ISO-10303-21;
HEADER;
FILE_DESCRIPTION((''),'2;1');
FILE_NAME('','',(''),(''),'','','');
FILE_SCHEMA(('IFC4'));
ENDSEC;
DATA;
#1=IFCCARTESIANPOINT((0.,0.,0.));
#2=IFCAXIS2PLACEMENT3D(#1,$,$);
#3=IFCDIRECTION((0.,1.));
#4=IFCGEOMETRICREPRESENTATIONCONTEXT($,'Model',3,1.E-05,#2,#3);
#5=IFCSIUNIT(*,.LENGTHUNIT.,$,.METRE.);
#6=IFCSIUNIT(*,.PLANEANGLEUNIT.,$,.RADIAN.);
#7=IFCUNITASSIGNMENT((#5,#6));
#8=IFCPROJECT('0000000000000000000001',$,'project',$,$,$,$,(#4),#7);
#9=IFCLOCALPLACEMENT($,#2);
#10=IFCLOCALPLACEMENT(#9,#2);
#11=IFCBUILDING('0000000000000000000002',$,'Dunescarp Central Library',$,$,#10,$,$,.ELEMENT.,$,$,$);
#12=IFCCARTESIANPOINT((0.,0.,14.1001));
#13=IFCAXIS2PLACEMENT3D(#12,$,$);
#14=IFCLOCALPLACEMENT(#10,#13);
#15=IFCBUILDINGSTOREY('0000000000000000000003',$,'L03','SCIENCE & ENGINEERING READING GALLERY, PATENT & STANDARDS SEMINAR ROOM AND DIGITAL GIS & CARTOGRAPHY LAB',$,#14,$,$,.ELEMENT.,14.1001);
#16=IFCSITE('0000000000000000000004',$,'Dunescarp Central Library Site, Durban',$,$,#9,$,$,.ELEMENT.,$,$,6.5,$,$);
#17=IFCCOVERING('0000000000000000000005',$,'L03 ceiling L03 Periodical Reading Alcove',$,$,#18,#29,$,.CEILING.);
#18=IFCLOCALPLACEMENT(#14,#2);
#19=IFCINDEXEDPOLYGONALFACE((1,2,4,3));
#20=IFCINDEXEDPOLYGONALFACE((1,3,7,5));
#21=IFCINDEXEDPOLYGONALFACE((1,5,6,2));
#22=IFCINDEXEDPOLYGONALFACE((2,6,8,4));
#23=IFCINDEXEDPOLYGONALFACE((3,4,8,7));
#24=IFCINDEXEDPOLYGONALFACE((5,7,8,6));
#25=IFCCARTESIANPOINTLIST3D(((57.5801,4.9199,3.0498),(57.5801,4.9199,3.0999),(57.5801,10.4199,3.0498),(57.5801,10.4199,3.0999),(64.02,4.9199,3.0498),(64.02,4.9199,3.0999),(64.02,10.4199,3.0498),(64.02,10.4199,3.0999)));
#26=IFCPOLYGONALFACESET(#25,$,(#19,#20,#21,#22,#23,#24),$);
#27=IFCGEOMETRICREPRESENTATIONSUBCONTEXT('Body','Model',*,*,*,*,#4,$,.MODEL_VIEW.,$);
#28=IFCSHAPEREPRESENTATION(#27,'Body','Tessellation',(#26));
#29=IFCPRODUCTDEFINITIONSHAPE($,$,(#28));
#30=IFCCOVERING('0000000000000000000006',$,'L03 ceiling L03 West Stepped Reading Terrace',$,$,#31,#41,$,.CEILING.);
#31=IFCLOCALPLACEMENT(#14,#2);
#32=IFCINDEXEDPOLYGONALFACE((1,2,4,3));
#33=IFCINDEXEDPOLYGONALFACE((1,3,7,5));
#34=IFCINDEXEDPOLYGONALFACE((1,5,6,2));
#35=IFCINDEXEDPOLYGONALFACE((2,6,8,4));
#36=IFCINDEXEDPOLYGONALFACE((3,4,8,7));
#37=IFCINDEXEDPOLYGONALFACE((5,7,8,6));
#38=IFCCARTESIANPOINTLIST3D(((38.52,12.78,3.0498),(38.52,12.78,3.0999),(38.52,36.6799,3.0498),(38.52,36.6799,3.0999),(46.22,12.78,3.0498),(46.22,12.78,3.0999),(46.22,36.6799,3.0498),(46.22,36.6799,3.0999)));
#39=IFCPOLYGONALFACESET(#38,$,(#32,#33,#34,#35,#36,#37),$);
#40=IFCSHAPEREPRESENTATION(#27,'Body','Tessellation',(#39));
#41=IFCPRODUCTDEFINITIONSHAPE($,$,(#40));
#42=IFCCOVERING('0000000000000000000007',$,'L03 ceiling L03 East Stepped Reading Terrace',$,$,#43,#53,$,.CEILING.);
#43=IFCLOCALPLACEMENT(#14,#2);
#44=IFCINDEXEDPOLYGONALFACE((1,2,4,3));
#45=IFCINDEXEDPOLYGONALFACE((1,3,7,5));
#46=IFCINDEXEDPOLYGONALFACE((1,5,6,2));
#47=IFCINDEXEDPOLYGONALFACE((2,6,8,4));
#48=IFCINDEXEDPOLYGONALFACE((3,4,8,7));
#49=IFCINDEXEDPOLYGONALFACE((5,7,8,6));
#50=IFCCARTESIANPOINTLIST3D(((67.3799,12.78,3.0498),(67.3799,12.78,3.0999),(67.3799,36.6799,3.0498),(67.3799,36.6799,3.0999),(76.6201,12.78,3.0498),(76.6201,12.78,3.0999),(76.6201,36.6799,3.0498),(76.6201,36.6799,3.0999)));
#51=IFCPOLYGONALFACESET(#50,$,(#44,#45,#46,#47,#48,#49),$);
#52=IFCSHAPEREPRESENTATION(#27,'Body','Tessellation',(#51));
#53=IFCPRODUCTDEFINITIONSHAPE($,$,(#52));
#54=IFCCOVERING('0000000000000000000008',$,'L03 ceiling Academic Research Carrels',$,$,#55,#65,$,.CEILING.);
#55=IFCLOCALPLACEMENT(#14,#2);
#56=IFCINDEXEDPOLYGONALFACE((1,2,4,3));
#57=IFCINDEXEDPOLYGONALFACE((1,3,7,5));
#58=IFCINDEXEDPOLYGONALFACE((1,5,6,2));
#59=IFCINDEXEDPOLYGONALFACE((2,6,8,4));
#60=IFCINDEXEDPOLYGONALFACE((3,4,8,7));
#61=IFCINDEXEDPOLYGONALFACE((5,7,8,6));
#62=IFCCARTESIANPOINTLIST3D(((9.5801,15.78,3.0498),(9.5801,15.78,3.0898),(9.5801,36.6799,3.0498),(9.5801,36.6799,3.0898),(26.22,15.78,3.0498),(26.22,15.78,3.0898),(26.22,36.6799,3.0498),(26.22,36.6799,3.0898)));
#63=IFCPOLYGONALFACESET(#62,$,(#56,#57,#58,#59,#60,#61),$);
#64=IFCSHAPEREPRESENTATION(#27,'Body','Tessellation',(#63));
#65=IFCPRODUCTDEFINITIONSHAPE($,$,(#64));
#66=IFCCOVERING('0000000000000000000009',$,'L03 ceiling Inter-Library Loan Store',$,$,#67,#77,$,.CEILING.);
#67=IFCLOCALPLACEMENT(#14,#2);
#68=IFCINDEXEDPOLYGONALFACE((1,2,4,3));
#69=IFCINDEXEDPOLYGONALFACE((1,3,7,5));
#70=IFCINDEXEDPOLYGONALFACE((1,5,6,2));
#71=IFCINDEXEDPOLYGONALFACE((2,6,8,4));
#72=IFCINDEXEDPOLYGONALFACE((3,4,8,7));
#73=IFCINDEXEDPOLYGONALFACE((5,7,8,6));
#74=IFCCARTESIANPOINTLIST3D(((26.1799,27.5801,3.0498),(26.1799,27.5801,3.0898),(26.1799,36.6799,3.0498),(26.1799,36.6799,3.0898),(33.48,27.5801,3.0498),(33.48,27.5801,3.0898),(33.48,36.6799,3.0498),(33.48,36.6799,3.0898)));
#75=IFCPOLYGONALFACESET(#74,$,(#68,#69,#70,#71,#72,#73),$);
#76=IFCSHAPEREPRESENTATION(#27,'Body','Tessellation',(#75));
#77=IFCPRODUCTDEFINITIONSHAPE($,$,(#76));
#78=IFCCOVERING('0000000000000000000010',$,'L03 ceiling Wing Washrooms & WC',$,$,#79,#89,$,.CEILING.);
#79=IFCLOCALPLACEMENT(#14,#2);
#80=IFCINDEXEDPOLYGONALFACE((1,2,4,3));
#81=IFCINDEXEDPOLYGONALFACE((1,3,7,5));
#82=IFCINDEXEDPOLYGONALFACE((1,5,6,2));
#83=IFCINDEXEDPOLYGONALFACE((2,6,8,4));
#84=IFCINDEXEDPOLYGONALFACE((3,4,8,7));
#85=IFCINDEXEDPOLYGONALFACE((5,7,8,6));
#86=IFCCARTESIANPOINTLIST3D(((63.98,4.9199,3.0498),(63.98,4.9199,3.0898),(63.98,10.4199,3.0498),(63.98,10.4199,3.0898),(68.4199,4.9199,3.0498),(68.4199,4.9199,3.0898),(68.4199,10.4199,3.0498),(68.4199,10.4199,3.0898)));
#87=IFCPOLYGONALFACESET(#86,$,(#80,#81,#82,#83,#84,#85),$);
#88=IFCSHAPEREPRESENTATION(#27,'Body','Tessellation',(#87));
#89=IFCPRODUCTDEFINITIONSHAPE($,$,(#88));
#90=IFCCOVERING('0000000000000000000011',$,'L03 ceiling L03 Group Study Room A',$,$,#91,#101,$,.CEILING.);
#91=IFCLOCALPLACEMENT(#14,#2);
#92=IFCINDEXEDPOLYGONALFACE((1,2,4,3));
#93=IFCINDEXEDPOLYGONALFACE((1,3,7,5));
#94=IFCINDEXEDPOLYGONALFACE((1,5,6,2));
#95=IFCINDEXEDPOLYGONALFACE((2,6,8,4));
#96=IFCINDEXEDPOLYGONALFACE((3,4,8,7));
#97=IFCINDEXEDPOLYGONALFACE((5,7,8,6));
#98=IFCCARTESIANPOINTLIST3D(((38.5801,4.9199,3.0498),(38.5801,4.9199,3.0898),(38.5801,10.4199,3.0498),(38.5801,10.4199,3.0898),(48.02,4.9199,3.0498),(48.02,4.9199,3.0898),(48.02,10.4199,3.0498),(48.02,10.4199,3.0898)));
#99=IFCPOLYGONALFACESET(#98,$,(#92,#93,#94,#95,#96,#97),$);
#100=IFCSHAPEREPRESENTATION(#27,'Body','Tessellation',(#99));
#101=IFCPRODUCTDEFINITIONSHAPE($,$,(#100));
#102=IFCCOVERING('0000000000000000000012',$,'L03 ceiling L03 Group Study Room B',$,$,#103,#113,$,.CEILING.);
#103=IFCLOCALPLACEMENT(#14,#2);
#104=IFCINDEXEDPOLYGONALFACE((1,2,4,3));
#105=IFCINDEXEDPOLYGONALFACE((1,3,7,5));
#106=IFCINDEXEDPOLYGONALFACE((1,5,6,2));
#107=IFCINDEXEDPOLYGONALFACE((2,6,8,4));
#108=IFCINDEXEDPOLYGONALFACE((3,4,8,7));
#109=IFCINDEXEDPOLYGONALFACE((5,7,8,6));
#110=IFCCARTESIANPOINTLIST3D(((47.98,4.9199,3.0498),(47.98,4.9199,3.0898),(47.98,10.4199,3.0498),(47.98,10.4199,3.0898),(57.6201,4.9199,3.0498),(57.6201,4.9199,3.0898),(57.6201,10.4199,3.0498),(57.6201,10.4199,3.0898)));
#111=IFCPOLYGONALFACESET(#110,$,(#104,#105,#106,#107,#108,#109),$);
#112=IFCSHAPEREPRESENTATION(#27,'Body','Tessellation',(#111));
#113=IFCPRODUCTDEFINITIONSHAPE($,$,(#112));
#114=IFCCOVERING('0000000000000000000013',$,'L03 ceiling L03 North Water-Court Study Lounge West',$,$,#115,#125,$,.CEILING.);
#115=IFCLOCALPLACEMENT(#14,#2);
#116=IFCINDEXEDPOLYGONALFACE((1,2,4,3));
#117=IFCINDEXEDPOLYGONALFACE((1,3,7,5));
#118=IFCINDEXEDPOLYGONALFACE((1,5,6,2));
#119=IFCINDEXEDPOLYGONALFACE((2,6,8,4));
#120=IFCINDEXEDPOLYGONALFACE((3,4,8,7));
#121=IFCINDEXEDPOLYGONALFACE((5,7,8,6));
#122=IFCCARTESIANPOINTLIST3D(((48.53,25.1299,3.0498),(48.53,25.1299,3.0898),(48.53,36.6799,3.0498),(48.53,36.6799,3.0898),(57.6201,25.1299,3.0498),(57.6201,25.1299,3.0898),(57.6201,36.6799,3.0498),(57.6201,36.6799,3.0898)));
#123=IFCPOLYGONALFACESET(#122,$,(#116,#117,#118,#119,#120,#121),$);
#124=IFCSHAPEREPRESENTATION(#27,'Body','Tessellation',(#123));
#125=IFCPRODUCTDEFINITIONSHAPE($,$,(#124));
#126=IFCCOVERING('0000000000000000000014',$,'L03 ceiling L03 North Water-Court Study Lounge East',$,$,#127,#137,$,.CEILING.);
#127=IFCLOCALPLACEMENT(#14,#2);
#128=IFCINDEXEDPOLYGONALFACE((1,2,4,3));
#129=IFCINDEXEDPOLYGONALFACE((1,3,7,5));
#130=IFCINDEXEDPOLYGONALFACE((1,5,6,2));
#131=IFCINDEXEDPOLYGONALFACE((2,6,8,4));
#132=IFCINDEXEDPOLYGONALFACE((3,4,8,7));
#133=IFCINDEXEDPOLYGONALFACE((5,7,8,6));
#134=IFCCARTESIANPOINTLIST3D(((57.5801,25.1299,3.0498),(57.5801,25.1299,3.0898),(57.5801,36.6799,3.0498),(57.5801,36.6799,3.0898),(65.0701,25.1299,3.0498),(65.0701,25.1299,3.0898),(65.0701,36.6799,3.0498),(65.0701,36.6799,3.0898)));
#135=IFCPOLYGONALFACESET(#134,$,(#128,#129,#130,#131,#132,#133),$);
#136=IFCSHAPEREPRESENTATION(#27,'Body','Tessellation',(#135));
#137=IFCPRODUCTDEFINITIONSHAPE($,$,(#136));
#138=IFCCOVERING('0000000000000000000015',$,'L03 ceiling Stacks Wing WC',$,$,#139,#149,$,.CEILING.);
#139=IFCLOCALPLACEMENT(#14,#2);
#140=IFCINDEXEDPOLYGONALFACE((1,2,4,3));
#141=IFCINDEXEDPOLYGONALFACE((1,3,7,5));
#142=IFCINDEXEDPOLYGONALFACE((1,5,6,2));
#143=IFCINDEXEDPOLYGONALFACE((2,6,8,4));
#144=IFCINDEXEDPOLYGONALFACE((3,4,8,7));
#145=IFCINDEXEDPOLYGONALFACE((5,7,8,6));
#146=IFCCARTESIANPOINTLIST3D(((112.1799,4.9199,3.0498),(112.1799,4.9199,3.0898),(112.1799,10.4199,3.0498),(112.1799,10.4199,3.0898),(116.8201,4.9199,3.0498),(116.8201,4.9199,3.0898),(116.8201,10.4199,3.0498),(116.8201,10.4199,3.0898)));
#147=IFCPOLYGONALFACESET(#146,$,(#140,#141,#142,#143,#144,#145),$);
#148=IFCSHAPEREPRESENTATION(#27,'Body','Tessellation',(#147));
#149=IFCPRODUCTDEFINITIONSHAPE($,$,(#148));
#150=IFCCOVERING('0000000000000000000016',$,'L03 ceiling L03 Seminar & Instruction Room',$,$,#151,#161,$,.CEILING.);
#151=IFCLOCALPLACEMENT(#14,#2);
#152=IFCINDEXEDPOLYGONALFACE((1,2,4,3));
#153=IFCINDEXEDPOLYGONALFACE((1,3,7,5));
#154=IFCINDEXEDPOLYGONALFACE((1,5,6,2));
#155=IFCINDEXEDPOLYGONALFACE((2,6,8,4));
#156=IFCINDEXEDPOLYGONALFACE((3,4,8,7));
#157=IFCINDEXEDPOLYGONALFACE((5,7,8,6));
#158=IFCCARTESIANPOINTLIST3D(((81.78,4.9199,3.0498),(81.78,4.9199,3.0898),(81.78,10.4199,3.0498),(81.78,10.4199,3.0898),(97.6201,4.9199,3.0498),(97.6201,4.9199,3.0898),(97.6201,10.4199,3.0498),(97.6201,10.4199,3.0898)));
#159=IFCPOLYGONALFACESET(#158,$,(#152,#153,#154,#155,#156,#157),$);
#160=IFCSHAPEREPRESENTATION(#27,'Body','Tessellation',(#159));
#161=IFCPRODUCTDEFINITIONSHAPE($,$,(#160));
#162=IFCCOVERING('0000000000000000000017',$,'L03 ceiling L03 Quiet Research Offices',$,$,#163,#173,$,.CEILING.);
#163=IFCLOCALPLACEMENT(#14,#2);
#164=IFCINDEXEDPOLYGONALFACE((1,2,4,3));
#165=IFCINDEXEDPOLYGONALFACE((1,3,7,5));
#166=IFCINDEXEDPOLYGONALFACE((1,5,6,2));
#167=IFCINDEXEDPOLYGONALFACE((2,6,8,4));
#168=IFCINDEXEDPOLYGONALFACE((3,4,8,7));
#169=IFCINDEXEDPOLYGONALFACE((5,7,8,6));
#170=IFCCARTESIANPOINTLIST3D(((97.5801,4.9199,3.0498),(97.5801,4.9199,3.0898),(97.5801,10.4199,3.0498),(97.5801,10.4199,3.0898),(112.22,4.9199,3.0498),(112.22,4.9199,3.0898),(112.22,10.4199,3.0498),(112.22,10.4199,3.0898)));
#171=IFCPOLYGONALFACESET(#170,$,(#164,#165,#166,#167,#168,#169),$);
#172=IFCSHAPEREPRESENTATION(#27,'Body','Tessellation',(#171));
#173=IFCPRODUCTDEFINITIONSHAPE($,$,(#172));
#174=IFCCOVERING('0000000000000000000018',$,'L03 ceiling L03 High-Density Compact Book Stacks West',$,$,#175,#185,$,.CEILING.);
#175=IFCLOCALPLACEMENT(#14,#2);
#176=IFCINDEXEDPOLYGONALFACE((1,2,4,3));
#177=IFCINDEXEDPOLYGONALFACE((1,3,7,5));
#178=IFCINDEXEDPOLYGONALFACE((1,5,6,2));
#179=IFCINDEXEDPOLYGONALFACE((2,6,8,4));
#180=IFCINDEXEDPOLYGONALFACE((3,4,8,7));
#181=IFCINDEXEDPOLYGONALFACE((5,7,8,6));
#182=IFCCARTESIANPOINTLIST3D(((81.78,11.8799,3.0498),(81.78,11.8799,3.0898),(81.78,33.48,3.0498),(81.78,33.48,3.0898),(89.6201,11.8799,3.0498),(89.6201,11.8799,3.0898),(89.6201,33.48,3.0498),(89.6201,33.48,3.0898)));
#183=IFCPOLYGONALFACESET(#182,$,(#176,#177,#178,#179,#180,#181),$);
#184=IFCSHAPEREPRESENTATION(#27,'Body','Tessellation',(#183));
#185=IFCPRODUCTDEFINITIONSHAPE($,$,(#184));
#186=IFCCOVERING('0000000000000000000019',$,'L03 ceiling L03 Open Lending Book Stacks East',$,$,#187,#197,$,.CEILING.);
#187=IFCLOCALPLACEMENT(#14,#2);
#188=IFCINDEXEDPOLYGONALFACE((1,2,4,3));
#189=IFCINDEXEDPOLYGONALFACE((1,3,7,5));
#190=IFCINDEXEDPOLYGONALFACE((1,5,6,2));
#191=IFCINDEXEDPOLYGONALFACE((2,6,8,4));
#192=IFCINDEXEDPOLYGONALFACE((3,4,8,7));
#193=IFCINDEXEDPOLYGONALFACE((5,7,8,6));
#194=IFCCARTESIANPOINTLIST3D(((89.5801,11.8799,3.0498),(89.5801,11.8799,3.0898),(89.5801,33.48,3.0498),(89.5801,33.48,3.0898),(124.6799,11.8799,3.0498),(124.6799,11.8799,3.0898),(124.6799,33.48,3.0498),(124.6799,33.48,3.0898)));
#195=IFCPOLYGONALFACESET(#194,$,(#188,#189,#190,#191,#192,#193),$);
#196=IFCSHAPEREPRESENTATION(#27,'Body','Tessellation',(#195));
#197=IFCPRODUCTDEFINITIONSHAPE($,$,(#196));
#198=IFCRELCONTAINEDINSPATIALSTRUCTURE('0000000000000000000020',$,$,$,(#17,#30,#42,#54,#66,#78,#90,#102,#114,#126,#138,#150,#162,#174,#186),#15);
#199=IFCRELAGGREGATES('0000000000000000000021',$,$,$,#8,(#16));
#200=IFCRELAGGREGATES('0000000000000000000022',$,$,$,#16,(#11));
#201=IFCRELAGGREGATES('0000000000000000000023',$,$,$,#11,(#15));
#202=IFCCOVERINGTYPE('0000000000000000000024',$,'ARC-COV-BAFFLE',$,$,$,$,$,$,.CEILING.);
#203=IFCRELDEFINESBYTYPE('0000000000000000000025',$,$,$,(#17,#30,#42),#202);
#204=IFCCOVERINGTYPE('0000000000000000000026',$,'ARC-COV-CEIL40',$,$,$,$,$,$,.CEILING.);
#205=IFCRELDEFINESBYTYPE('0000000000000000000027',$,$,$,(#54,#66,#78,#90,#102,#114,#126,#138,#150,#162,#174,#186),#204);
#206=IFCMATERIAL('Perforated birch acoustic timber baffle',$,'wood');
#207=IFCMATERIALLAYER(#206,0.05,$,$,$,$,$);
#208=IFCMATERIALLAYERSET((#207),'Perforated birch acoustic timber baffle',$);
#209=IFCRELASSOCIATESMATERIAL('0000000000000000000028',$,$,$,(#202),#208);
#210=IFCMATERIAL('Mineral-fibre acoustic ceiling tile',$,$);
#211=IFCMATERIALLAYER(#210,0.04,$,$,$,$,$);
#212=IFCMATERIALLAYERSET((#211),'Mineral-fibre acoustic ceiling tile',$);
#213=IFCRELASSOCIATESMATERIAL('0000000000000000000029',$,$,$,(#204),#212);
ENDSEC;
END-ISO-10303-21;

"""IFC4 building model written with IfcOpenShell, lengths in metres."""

from ifc_helpers import new_model, si_unit, direction, frame, origin, place, context, subcontext, project, spatial, polyline, outline, extrude, material, layer, layer_set, type_object, element, save


model = new_model("IFC4")

# Units and contexts
model_context = context("Model", 3, precision=1e-05, world=origin(), true_north=direction((0.0, 1.0)))
body_context = subcontext(model_context, "Body", "Model", "MODEL_VIEW")
ifc_project = project(units=[si_unit("LENGTHUNIT", "METRE"), si_unit("PLANEANGLEUNIT", "RADIAN")], contexts=[model_context])

# Site, building, storey
site_placement = place(None, origin())
site = spatial("IfcSite", under=ifc_project, at=site_placement, Name="Dunescarp Central Library Site, Durban", CompositionType="ELEMENT", RefElevation=6.5)
building_placement = place(site_placement, origin())
building = spatial("IfcBuilding", under=site, at=building_placement, Name="Dunescarp Central Library", CompositionType="ELEMENT")
storey_placement = place(building_placement, frame((0.0, 0.0, 14.1001)))
storey = spatial("IfcBuildingStorey", under=building, at=storey_placement, Name="L03", Description="SCIENCE & ENGINEERING READING GALLERY, PATENT & STANDARDS SEMINAR ROOM AND DIGITAL GIS & CARTOGRAPHY LAB", CompositionType="ELEMENT", Elevation=14.1001)

# Coverings
ifc_material_1 = material(Name="Perforated birch acoustic timber baffle", Category="wood")
ifc_layer_1 = layer(ifc_material_1, 0.05)
ifc_layer_set_1 = layer_set([ifc_layer_1], Name="Perforated birch acoustic timber baffle")
covering_type_1 = type_object("IfcCoveringType", Name="ARC-COV-BAFFLE", PredefinedType="CEILING", material=ifc_layer_set_1)
covering_1_placement = place(storey_placement, frame((0.0, 0.0, 3.0498)))
element("IfcCovering", 1, at=covering_1_placement, inside=storey, type_object=covering_type_1, Name="L03 ceiling L03 Periodical Reading Alcove", PredefinedType="CEILING", context=body_context, shape_type="SweptSolid", body=[
    extrude(outline(polyline([(57.5801, 4.9199), (64.02, 4.9199), (64.02, 10.4199), (57.5801, 10.4199), (57.5801, 4.9199)])), origin(), (0.0, 0.0, 1.0), 0.05),
])
covering_2_placement = place(storey_placement, frame((0.0, 0.0, 3.0498)))
element("IfcCovering", 2, at=covering_2_placement, inside=storey, type_object=covering_type_1, Name="L03 ceiling L03 West Stepped Reading Terrace", PredefinedType="CEILING", context=body_context, shape_type="SweptSolid", body=[
    extrude(outline(polyline([(38.52, 12.78), (46.22, 12.78), (46.22, 36.6799), (38.52, 36.6799), (38.52, 12.78)])), origin(), (0.0, 0.0, 1.0), 0.05),
])
covering_3_placement = place(storey_placement, frame((0.0, 0.0, 3.0498)))
element("IfcCovering", 3, at=covering_3_placement, inside=storey, type_object=covering_type_1, Name="L03 ceiling L03 East Stepped Reading Terrace", PredefinedType="CEILING", context=body_context, shape_type="SweptSolid", body=[
    extrude(outline(polyline([(67.3799, 12.78), (76.6201, 12.78), (76.6201, 36.6799), (67.3799, 36.6799), (67.3799, 12.78)])), origin(), (0.0, 0.0, 1.0), 0.05),
])
ifc_material_2 = material(Name="Mineral-fibre acoustic ceiling tile")
ifc_layer_2 = layer(ifc_material_2, 0.04)
ifc_layer_set_2 = layer_set([ifc_layer_2], Name="Mineral-fibre acoustic ceiling tile")
covering_type_2 = type_object("IfcCoveringType", Name="ARC-COV-CEIL40", PredefinedType="CEILING", material=ifc_layer_set_2)
covering_4_placement = place(storey_placement, frame((0.0, 0.0, 3.0498)))
element("IfcCovering", 4, at=covering_4_placement, inside=storey, type_object=covering_type_2, Name="L03 ceiling Academic Research Carrels", PredefinedType="CEILING", context=body_context, shape_type="SweptSolid", body=[
    extrude(outline(polyline([(9.5801, 15.78), (26.22, 15.78), (26.22, 36.6799), (9.5801, 36.6799), (9.5801, 15.78)])), origin(), (0.0, 0.0, 1.0), 0.04),
])
covering_5_placement = place(storey_placement, frame((0.0, 0.0, 3.0498)))
element("IfcCovering", 5, at=covering_5_placement, inside=storey, type_object=covering_type_2, Name="L03 ceiling Inter-Library Loan Store", PredefinedType="CEILING", context=body_context, shape_type="SweptSolid", body=[
    extrude(outline(polyline([(26.1799, 27.5801), (33.48, 27.5801), (33.48, 36.6799), (26.1799, 36.6799), (26.1799, 27.5801)])), origin(), (0.0, 0.0, 1.0), 0.04),
])
covering_6_placement = place(storey_placement, frame((0.0, 0.0, 3.0498)))
element("IfcCovering", 6, at=covering_6_placement, inside=storey, type_object=covering_type_2, Name="L03 ceiling Wing Washrooms & WC", PredefinedType="CEILING", context=body_context, shape_type="SweptSolid", body=[
    extrude(outline(polyline([(63.98, 4.9199), (68.4199, 4.9199), (68.4199, 10.4199), (63.98, 10.4199), (63.98, 4.9199)])), origin(), (0.0, 0.0, 1.0), 0.04),
])
covering_7_placement = place(storey_placement, frame((0.0, 0.0, 3.0498)))
element("IfcCovering", 7, at=covering_7_placement, inside=storey, type_object=covering_type_2, Name="L03 ceiling L03 Group Study Room A", PredefinedType="CEILING", context=body_context, shape_type="SweptSolid", body=[
    extrude(outline(polyline([(38.5801, 4.9199), (48.02, 4.9199), (48.02, 10.4199), (38.5801, 10.4199), (38.5801, 4.9199)])), origin(), (0.0, 0.0, 1.0), 0.04),
])
covering_8_placement = place(storey_placement, frame((0.0, 0.0, 3.0498)))
element("IfcCovering", 8, at=covering_8_placement, inside=storey, type_object=covering_type_2, Name="L03 ceiling L03 Group Study Room B", PredefinedType="CEILING", context=body_context, shape_type="SweptSolid", body=[
    extrude(outline(polyline([(47.98, 4.9199), (57.6201, 4.9199), (57.6201, 10.4199), (47.98, 10.4199), (47.98, 4.9199)])), origin(), (0.0, 0.0, 1.0), 0.04),
])
covering_9_placement = place(storey_placement, frame((0.0, 0.0, 3.0498)))
element("IfcCovering", 9, at=covering_9_placement, inside=storey, type_object=covering_type_2, Name="L03 ceiling L03 North Water-Court Study Lounge West", PredefinedType="CEILING", context=body_context, shape_type="SweptSolid", body=[
    extrude(outline(polyline([(48.53, 25.1299), (57.6201, 25.1299), (57.6201, 36.6799), (48.53, 36.6799), (48.53, 25.1299)])), origin(), (0.0, 0.0, 1.0), 0.04),
])
covering_10_placement = place(storey_placement, frame((0.0, 0.0, 3.0498)))
element("IfcCovering", 10, at=covering_10_placement, inside=storey, type_object=covering_type_2, Name="L03 ceiling L03 North Water-Court Study Lounge East", PredefinedType="CEILING", context=body_context, shape_type="SweptSolid", body=[
    extrude(outline(polyline([(57.5801, 25.1299), (65.0701, 25.1299), (65.0701, 36.6799), (57.5801, 36.6799), (57.5801, 25.1299)])), origin(), (0.0, 0.0, 1.0), 0.04),
])
covering_11_placement = place(storey_placement, frame((0.0, 0.0, 3.0498)))
element("IfcCovering", 11, at=covering_11_placement, inside=storey, type_object=covering_type_2, Name="L03 ceiling Stacks Wing WC", PredefinedType="CEILING", context=body_context, shape_type="SweptSolid", body=[
    extrude(outline(polyline([(112.1799, 4.9199), (116.8201, 4.9199), (116.8201, 10.4199), (112.1799, 10.4199), (112.1799, 4.9199)])), origin(), (0.0, 0.0, 1.0), 0.04),
])
covering_12_placement = place(storey_placement, frame((0.0, 0.0, 3.0498)))
element("IfcCovering", 12, at=covering_12_placement, inside=storey, type_object=covering_type_2, Name="L03 ceiling L03 Seminar & Instruction Room", PredefinedType="CEILING", context=body_context, shape_type="SweptSolid", body=[
    extrude(outline(polyline([(81.78, 4.9199), (97.6201, 4.9199), (97.6201, 10.4199), (81.78, 10.4199), (81.78, 4.9199)])), origin(), (0.0, 0.0, 1.0), 0.04),
])
covering_13_placement = place(storey_placement, frame((0.0, 0.0, 3.0498)))
element("IfcCovering", 13, at=covering_13_placement, inside=storey, type_object=covering_type_2, Name="L03 ceiling L03 Quiet Research Offices", PredefinedType="CEILING", context=body_context, shape_type="SweptSolid", body=[
    extrude(outline(polyline([(97.5801, 4.9199), (112.22, 4.9199), (112.22, 10.4199), (97.5801, 10.4199), (97.5801, 4.9199)])), origin(), (0.0, 0.0, 1.0), 0.04),
])
covering_14_placement = place(storey_placement, frame((0.0, 0.0, 3.0498)))
element("IfcCovering", 14, at=covering_14_placement, inside=storey, type_object=covering_type_2, Name="L03 ceiling L03 High-Density Compact Book Stacks West", PredefinedType="CEILING", context=body_context, shape_type="SweptSolid", body=[
    extrude(outline(polyline([(81.78, 11.8799), (89.6201, 11.8799), (89.6201, 33.48), (81.78, 33.48), (81.78, 11.8799)])), origin(), (0.0, 0.0, 1.0), 0.04),
])
covering_15_placement = place(storey_placement, frame((0.0, 0.0, 3.0498)))
element("IfcCovering", 15, at=covering_15_placement, inside=storey, type_object=covering_type_2, Name="L03 ceiling L03 Open Lending Book Stacks East", PredefinedType="CEILING", context=body_context, shape_type="SweptSolid", body=[
    extrude(outline(polyline([(89.5801, 11.8799), (124.6799, 11.8799), (124.6799, 33.48), (89.5801, 33.48), (89.5801, 11.8799)])), origin(), (0.0, 0.0, 1.0), 0.04),
])

save(model, "model.ifc")
